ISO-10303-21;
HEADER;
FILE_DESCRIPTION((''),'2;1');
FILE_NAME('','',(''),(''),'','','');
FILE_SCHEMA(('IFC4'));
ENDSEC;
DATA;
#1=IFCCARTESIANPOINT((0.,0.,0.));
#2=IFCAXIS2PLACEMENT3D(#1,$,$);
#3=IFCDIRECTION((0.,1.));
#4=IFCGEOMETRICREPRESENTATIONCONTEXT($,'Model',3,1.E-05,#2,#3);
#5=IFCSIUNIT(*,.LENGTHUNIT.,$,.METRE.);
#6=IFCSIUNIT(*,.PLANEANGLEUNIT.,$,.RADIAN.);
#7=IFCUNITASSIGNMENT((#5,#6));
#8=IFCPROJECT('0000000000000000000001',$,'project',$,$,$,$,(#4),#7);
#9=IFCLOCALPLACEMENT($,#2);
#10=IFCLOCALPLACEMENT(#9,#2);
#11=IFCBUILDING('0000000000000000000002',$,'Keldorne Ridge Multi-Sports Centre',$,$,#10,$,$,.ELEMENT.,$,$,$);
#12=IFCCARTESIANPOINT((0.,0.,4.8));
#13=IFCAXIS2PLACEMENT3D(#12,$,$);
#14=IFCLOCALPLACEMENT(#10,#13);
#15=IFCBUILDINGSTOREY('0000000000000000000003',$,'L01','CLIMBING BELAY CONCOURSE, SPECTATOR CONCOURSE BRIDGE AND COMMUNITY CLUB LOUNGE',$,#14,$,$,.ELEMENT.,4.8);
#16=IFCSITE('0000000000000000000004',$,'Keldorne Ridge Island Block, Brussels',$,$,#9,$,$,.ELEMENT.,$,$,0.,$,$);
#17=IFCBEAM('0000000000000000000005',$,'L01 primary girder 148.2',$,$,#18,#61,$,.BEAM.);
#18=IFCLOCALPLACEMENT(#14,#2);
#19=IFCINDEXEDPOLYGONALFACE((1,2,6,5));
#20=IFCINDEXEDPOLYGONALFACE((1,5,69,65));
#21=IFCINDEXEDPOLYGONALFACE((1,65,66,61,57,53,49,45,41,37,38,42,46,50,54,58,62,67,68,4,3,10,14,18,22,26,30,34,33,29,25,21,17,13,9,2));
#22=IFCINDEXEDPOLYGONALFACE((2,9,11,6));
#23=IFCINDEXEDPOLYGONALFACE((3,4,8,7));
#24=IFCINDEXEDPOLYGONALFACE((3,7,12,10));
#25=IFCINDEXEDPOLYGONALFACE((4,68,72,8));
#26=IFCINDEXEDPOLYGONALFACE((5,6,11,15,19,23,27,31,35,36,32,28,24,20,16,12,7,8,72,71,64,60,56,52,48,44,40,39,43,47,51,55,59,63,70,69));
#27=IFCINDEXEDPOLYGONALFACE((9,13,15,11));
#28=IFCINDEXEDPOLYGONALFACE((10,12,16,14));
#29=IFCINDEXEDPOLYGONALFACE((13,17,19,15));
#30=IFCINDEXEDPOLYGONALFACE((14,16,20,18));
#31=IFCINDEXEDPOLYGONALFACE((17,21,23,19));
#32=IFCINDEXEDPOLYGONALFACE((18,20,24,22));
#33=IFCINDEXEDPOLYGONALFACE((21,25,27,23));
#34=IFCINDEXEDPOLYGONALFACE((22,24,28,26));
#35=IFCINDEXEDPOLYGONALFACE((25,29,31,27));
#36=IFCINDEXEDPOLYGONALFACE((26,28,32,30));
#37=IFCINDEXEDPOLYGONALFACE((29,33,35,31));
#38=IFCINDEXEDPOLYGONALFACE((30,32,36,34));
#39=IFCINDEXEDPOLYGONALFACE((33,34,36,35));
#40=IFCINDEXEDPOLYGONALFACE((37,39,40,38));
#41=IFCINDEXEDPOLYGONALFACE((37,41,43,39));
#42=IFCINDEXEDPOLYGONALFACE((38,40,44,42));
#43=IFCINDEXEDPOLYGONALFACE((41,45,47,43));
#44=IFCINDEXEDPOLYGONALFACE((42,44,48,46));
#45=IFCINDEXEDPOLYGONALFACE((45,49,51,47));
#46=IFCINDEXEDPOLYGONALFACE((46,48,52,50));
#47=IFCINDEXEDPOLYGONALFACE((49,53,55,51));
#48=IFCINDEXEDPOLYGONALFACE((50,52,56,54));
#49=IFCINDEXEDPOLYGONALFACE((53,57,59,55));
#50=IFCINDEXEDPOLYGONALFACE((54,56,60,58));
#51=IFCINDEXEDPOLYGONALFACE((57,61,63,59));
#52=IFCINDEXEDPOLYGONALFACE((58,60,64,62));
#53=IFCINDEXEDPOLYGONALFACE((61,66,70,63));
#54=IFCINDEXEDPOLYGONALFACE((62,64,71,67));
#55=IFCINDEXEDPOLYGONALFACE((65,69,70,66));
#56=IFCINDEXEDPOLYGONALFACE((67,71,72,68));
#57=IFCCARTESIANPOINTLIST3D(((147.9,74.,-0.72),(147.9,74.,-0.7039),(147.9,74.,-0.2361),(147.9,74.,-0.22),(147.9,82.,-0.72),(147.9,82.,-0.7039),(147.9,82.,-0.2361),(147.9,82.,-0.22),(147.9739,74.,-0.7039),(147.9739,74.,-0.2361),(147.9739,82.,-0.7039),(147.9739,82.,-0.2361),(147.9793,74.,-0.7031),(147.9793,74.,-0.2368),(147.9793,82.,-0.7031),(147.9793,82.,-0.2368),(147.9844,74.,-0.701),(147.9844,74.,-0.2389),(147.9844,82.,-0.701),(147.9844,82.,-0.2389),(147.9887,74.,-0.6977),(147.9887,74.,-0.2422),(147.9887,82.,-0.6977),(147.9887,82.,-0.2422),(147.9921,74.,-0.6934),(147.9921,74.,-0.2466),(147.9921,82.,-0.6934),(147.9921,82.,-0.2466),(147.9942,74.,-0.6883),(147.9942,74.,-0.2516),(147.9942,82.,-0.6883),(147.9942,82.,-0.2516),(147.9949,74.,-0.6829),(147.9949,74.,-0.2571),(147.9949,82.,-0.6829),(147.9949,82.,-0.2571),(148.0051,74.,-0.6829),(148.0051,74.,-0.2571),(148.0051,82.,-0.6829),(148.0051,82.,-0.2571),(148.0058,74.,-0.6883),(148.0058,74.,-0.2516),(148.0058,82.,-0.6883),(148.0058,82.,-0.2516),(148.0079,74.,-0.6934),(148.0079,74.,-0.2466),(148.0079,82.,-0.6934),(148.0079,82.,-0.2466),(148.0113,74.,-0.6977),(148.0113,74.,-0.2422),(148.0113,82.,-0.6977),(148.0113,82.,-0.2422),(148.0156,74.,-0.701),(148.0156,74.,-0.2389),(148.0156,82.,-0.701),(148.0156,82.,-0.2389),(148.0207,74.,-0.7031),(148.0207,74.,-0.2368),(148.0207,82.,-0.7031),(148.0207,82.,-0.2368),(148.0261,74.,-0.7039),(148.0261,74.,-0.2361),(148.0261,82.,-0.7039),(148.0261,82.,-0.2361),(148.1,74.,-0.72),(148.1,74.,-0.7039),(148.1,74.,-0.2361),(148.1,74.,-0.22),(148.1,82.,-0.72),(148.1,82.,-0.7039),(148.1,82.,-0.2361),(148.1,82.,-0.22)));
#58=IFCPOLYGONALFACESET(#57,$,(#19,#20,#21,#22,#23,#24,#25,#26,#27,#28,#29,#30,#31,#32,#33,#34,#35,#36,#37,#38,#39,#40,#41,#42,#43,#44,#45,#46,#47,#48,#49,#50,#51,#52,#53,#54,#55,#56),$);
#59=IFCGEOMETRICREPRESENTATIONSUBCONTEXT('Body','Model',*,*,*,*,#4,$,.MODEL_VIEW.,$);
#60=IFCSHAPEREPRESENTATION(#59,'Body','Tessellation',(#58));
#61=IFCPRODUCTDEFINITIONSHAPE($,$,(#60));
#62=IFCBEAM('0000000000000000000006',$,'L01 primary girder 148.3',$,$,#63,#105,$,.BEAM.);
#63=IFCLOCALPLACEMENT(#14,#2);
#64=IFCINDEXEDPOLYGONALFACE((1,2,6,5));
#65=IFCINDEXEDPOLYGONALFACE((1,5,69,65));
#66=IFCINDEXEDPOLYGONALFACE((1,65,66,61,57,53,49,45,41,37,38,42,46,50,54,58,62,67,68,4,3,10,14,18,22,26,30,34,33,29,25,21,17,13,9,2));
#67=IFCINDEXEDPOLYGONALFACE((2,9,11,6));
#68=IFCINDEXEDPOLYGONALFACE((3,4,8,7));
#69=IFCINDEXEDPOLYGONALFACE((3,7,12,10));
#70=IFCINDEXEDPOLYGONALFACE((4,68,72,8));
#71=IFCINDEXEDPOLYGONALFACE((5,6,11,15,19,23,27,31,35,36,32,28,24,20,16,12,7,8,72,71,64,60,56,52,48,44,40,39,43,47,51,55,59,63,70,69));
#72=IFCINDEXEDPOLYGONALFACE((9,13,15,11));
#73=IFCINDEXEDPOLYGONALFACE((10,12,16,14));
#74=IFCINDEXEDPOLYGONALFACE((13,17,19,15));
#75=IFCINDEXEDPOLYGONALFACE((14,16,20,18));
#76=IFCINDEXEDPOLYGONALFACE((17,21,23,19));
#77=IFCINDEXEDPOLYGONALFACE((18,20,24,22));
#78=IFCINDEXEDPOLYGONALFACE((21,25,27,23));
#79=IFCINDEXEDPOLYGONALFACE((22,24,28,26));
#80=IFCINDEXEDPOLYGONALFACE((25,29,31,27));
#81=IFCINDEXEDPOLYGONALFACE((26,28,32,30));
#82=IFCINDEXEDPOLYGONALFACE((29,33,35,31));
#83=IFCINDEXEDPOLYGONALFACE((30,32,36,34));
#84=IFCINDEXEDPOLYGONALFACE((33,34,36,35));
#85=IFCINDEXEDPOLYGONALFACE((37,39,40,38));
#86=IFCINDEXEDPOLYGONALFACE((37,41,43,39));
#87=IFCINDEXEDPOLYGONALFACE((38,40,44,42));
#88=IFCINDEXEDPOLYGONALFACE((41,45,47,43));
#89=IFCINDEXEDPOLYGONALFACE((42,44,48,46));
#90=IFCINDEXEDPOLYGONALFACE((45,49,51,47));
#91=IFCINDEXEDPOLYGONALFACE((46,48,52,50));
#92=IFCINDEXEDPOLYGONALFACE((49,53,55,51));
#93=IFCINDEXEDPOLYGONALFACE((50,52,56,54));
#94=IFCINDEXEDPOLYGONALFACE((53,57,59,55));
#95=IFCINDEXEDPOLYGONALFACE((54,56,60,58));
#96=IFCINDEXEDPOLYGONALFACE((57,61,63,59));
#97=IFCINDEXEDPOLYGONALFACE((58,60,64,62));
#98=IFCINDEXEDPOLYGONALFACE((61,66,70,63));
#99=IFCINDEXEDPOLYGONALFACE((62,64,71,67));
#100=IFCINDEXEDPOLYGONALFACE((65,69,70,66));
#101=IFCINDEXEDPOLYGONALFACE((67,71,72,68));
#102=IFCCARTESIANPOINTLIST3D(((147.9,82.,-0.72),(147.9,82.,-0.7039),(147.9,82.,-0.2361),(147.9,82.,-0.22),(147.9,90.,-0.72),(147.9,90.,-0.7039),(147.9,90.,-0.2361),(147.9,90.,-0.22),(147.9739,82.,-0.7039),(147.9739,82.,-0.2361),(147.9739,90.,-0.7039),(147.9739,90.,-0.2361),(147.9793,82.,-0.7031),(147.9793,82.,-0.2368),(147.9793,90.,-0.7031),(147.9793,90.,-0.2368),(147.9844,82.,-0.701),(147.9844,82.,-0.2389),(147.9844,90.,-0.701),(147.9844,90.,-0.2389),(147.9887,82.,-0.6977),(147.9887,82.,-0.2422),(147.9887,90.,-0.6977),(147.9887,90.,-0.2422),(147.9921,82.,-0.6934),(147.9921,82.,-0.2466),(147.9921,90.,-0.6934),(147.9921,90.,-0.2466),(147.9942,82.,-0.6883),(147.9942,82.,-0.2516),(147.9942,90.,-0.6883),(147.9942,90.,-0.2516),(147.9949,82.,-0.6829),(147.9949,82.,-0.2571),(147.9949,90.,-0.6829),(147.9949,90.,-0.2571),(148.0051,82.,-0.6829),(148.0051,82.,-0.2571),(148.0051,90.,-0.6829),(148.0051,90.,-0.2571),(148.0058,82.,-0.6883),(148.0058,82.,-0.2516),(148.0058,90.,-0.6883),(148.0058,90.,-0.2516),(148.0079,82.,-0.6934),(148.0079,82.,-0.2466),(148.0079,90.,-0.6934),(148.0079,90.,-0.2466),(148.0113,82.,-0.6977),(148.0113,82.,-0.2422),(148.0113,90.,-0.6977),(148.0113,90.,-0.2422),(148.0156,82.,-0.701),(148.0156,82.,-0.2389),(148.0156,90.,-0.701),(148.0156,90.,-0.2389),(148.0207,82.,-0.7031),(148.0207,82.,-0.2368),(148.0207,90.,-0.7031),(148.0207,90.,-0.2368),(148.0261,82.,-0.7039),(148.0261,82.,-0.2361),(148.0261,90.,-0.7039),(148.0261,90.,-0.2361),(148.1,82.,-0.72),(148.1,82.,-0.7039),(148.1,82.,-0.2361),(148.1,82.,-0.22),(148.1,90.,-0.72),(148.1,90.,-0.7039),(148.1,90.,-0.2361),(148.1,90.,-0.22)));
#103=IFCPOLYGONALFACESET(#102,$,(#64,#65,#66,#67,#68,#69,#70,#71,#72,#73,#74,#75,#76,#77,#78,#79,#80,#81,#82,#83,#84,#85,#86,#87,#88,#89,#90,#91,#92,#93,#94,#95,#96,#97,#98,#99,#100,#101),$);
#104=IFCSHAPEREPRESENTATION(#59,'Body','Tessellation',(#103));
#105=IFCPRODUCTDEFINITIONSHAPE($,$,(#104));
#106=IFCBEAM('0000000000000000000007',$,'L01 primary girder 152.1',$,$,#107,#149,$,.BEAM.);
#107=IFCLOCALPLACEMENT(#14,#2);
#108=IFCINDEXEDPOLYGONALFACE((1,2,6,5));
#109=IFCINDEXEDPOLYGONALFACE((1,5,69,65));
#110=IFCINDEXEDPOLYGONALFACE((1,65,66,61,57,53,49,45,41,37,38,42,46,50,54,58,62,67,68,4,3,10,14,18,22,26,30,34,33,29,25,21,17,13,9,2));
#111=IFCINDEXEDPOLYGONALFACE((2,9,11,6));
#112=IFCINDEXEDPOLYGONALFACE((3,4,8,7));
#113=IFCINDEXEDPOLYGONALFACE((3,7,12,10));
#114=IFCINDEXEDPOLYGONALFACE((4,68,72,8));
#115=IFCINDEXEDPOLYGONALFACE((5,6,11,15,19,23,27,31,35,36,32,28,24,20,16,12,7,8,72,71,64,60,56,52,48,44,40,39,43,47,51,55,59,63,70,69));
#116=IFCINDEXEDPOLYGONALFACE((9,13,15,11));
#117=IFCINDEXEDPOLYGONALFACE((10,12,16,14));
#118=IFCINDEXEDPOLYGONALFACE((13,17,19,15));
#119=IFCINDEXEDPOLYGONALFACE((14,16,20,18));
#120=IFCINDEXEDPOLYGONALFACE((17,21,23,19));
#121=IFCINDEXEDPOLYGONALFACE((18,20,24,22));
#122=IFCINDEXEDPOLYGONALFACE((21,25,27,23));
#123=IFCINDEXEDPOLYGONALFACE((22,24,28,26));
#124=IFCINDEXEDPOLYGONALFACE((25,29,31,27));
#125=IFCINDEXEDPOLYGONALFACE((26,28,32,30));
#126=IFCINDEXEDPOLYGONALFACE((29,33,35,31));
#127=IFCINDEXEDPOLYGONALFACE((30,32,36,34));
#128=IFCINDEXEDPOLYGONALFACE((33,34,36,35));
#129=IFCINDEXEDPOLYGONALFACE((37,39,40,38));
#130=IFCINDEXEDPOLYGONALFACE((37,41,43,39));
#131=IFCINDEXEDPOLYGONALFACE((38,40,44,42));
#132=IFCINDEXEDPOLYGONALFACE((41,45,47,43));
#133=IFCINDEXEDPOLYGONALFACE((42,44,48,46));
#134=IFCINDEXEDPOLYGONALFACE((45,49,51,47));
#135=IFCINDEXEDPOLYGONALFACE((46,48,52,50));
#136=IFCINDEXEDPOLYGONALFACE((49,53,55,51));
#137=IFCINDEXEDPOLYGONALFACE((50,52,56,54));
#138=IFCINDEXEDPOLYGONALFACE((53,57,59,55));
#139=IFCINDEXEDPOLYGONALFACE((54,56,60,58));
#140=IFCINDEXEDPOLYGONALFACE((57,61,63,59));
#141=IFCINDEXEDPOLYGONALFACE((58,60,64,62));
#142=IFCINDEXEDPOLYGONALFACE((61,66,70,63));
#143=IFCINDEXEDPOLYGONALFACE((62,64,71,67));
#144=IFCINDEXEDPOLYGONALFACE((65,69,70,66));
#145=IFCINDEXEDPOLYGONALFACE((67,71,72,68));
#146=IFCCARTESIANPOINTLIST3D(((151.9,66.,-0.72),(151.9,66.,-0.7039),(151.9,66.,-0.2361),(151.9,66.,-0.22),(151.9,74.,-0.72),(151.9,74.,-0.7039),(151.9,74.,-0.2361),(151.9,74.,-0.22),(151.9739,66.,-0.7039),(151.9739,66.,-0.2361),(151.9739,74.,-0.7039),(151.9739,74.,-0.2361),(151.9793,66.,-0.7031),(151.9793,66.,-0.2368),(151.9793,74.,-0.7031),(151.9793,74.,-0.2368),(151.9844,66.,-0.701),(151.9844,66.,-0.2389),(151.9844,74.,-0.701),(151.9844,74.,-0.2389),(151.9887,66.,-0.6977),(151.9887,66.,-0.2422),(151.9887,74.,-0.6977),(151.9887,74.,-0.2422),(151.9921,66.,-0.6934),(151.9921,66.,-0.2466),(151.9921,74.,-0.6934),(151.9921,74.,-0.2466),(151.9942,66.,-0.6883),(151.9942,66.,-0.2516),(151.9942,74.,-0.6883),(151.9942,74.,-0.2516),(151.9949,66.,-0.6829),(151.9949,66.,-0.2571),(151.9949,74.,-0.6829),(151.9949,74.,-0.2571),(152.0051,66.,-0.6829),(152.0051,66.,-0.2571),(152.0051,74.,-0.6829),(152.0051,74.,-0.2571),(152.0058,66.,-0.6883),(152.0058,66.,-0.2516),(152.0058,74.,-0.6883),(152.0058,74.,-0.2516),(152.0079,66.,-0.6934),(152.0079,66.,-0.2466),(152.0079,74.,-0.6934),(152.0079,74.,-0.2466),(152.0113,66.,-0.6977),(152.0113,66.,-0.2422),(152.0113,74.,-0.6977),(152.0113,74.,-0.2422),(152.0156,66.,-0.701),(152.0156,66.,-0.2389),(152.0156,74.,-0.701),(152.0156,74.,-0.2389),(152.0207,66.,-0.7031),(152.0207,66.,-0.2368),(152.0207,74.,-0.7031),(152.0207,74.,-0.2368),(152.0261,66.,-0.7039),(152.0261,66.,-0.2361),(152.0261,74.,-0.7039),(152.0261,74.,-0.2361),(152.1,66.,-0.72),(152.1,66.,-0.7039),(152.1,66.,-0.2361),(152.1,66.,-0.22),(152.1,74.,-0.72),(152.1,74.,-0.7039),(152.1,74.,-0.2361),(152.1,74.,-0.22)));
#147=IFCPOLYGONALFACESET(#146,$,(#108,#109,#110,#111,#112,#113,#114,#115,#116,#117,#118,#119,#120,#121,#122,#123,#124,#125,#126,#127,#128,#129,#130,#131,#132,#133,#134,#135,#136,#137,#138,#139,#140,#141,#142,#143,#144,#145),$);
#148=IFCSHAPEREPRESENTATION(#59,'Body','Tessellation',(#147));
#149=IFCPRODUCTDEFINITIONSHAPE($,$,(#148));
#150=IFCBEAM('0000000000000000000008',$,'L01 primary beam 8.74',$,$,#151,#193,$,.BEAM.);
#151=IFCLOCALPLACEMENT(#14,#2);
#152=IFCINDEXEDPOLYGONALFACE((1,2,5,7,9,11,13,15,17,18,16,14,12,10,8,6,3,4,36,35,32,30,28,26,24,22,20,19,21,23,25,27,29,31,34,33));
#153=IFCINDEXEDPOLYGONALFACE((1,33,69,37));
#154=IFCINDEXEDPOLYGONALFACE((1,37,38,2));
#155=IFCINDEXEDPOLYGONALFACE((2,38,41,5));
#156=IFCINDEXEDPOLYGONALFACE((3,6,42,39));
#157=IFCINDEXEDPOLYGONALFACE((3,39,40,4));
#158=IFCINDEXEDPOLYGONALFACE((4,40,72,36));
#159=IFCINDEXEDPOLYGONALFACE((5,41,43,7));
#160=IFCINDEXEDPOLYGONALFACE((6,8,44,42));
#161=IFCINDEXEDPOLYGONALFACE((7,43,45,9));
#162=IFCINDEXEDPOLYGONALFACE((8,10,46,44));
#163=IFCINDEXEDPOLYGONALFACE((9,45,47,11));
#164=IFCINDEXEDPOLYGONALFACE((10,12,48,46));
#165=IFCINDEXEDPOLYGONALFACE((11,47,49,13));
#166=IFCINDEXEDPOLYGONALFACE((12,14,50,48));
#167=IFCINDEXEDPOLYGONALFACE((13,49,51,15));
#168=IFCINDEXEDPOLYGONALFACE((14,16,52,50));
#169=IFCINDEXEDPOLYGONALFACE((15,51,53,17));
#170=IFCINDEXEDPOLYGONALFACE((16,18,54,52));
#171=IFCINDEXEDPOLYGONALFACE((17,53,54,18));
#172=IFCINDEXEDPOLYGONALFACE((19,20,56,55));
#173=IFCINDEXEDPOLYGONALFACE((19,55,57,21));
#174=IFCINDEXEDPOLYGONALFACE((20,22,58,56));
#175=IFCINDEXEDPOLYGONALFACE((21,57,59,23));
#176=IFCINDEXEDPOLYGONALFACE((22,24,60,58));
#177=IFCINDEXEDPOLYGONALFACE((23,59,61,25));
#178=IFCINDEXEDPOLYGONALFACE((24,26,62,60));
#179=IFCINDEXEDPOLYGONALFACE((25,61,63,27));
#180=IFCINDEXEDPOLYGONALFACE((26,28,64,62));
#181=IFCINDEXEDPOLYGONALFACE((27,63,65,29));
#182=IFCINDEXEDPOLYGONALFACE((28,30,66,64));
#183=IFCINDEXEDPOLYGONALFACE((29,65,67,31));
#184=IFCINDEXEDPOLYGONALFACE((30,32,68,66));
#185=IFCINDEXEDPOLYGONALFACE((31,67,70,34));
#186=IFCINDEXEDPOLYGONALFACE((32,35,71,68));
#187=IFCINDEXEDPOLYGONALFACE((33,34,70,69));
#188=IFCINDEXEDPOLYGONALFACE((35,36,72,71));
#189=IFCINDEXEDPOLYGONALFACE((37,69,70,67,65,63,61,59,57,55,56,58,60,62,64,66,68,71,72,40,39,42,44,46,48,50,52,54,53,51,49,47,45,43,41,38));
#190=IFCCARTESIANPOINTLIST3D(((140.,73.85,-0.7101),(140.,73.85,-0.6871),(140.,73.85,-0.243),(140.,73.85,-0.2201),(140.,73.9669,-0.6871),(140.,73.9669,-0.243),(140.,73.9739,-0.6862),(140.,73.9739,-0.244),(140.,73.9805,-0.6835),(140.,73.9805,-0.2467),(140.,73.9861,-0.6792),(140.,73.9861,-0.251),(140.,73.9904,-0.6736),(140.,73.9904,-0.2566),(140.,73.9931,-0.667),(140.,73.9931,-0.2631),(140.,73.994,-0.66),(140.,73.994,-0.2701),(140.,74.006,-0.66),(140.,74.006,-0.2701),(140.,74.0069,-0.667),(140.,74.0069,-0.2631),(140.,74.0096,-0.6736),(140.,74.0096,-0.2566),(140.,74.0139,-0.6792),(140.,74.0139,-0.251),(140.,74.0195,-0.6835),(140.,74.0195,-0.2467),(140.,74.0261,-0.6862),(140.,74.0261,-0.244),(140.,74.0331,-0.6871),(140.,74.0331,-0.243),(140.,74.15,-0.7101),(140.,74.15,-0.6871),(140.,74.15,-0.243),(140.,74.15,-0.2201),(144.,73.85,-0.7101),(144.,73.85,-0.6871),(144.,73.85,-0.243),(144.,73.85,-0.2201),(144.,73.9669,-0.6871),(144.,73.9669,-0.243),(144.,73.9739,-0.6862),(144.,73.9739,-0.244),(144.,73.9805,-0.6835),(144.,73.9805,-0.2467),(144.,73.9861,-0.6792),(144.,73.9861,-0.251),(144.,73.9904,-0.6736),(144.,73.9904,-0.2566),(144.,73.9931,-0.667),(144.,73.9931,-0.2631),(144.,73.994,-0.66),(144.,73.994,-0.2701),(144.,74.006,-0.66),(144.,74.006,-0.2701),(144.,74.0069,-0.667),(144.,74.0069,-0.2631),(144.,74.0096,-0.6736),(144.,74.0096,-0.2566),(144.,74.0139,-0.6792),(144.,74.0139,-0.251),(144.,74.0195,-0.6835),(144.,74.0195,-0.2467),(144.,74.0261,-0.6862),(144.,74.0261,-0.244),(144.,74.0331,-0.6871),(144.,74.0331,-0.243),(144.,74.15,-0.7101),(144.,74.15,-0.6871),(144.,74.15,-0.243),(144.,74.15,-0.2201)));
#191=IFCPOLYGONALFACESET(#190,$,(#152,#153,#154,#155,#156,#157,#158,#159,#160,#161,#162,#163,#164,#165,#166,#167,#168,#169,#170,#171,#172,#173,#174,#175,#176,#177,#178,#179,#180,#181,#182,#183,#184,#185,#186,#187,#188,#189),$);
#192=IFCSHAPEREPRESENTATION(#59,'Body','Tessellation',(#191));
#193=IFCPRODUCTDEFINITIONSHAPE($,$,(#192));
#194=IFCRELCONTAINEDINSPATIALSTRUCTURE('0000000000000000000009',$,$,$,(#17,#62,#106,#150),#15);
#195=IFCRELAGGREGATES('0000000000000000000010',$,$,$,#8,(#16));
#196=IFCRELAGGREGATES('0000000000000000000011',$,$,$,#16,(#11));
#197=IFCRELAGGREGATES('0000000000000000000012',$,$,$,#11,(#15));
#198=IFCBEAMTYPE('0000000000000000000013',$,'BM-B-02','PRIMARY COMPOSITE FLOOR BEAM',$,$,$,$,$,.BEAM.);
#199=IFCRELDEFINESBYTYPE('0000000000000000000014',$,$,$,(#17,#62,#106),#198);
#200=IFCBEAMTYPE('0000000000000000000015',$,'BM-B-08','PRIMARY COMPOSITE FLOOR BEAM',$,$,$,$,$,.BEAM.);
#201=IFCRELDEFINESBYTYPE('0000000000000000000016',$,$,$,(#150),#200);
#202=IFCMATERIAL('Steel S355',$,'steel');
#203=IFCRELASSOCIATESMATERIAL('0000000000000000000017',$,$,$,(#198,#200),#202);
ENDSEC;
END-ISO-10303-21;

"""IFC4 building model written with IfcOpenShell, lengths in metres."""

from ifc_helpers import new_model, si_unit, direction, frame, origin, origin_2d, place, context, subcontext, project, spatial, i_section, extrude, material, material_profile, profile_set, type_object, element, save


model = new_model("IFC4")

# Units and contexts
model_context = context("Model", 3, precision=1e-05, world=origin(), true_north=direction((0.0, 1.0)))
body_context = subcontext(model_context, "Body", "Model", "MODEL_VIEW")
ifc_project = project(units=[si_unit("LENGTHUNIT", "METRE"), si_unit("PLANEANGLEUNIT", "RADIAN")], contexts=[model_context])

# Site, building, storey
site_placement = place(None, origin())
site = spatial("IfcSite", under=ifc_project, at=site_placement, Name="Keldorne Ridge Island Block, Brussels", CompositionType="ELEMENT", RefElevation=0.0)
building_placement = place(site_placement, origin())
building = spatial("IfcBuilding", under=site, at=building_placement, Name="Keldorne Ridge Multi-Sports Centre", CompositionType="ELEMENT")
storey_placement = place(building_placement, frame((0.0, 0.0, 4.8)))
storey = spatial("IfcBuildingStorey", under=building, at=storey_placement, Name="L01", Description="CLIMBING BELAY CONCOURSE, SPECTATOR CONCOURSE BRIDGE AND COMMUNITY CLUB LOUNGE", CompositionType="ELEMENT", Elevation=4.8)

# Shared definitions
ifc_material_1 = material(Name="Steel S355", Category="steel")

# Beams
ifc_material_profile_1 = material_profile(ifc_material_1, i_section(OverallWidth=0.2, OverallDepth=0.5, WebThickness=0.0103, FlangeThickness=0.0161, FilletRadius=0.021, at=origin_2d()), Name="IPE 500")
ifc_profile_set_1 = profile_set([ifc_material_profile_1], Name="Steel S355")
beam_type_1 = type_object("IfcBeamType", Name="BM-B-02", Description="PRIMARY COMPOSITE FLOOR BEAM", PredefinedType="BEAM", material=ifc_profile_set_1)
for number, where, z_axis, x_axis, name in (
    (1, (148.0, 74.0, -0.47), (0.0, 1.0, 0.0), (-1.0, 0.0, 0.0), "L01 primary girder 148.2"),
    (2, (148.0, 82.0, -0.47), (0.0, 1.0, 0.0), (-1.0, 0.0, 0.0), "L01 primary girder 148.3"),
    (3, (152.0, 66.0, -0.47), (0.0, 1.0, 0.0), (-1.0, 0.0, 0.0), "L01 primary girder 152.1"),
):
    element("IfcBeam", number, at=place(storey_placement, frame(where, z_axis=z_axis, x_axis=x_axis)), inside=storey, type_object=beam_type_1, Name=name, PredefinedType="BEAM", context=body_context, shape_type="SweptSolid", body=[
        extrude(i_section(OverallWidth=0.2, OverallDepth=0.5, WebThickness=0.0103, FlangeThickness=0.0161, FilletRadius=0.021, at=origin_2d()), origin(), (0.0, 0.0, 1.0), 8.0),
    ])
ifc_material_profile_2 = material_profile(ifc_material_1, i_section(OverallWidth=0.3, OverallDepth=0.49, WebThickness=0.012, FlangeThickness=0.0229, FilletRadius=0.0271, at=origin_2d()), Name="HEA 500")
ifc_profile_set_2 = profile_set([ifc_material_profile_2], Name="Steel S355")
beam_type_2 = type_object("IfcBeamType", Name="BM-B-08", Description="PRIMARY COMPOSITE FLOOR BEAM", PredefinedType="BEAM", material=ifc_profile_set_2)
for number, where, z_axis, x_axis, name in (
    (4, (140.0, 74.0, -0.4651), (1.0, 0.0, 0.0), (0.0, 1.0, 0.0), "L01 primary beam 8.74"),
):
    element("IfcBeam", number, at=place(storey_placement, frame(where, z_axis=z_axis, x_axis=x_axis)), inside=storey, type_object=beam_type_2, Name=name, PredefinedType="BEAM", context=body_context, shape_type="SweptSolid", body=[
        extrude(i_section(OverallWidth=0.3, OverallDepth=0.49, WebThickness=0.012, FlangeThickness=0.0229, FilletRadius=0.0271, at=origin_2d()), origin(), (0.0, 0.0, 1.0), 4.0),
    ])

save(model, "model.ifc")
